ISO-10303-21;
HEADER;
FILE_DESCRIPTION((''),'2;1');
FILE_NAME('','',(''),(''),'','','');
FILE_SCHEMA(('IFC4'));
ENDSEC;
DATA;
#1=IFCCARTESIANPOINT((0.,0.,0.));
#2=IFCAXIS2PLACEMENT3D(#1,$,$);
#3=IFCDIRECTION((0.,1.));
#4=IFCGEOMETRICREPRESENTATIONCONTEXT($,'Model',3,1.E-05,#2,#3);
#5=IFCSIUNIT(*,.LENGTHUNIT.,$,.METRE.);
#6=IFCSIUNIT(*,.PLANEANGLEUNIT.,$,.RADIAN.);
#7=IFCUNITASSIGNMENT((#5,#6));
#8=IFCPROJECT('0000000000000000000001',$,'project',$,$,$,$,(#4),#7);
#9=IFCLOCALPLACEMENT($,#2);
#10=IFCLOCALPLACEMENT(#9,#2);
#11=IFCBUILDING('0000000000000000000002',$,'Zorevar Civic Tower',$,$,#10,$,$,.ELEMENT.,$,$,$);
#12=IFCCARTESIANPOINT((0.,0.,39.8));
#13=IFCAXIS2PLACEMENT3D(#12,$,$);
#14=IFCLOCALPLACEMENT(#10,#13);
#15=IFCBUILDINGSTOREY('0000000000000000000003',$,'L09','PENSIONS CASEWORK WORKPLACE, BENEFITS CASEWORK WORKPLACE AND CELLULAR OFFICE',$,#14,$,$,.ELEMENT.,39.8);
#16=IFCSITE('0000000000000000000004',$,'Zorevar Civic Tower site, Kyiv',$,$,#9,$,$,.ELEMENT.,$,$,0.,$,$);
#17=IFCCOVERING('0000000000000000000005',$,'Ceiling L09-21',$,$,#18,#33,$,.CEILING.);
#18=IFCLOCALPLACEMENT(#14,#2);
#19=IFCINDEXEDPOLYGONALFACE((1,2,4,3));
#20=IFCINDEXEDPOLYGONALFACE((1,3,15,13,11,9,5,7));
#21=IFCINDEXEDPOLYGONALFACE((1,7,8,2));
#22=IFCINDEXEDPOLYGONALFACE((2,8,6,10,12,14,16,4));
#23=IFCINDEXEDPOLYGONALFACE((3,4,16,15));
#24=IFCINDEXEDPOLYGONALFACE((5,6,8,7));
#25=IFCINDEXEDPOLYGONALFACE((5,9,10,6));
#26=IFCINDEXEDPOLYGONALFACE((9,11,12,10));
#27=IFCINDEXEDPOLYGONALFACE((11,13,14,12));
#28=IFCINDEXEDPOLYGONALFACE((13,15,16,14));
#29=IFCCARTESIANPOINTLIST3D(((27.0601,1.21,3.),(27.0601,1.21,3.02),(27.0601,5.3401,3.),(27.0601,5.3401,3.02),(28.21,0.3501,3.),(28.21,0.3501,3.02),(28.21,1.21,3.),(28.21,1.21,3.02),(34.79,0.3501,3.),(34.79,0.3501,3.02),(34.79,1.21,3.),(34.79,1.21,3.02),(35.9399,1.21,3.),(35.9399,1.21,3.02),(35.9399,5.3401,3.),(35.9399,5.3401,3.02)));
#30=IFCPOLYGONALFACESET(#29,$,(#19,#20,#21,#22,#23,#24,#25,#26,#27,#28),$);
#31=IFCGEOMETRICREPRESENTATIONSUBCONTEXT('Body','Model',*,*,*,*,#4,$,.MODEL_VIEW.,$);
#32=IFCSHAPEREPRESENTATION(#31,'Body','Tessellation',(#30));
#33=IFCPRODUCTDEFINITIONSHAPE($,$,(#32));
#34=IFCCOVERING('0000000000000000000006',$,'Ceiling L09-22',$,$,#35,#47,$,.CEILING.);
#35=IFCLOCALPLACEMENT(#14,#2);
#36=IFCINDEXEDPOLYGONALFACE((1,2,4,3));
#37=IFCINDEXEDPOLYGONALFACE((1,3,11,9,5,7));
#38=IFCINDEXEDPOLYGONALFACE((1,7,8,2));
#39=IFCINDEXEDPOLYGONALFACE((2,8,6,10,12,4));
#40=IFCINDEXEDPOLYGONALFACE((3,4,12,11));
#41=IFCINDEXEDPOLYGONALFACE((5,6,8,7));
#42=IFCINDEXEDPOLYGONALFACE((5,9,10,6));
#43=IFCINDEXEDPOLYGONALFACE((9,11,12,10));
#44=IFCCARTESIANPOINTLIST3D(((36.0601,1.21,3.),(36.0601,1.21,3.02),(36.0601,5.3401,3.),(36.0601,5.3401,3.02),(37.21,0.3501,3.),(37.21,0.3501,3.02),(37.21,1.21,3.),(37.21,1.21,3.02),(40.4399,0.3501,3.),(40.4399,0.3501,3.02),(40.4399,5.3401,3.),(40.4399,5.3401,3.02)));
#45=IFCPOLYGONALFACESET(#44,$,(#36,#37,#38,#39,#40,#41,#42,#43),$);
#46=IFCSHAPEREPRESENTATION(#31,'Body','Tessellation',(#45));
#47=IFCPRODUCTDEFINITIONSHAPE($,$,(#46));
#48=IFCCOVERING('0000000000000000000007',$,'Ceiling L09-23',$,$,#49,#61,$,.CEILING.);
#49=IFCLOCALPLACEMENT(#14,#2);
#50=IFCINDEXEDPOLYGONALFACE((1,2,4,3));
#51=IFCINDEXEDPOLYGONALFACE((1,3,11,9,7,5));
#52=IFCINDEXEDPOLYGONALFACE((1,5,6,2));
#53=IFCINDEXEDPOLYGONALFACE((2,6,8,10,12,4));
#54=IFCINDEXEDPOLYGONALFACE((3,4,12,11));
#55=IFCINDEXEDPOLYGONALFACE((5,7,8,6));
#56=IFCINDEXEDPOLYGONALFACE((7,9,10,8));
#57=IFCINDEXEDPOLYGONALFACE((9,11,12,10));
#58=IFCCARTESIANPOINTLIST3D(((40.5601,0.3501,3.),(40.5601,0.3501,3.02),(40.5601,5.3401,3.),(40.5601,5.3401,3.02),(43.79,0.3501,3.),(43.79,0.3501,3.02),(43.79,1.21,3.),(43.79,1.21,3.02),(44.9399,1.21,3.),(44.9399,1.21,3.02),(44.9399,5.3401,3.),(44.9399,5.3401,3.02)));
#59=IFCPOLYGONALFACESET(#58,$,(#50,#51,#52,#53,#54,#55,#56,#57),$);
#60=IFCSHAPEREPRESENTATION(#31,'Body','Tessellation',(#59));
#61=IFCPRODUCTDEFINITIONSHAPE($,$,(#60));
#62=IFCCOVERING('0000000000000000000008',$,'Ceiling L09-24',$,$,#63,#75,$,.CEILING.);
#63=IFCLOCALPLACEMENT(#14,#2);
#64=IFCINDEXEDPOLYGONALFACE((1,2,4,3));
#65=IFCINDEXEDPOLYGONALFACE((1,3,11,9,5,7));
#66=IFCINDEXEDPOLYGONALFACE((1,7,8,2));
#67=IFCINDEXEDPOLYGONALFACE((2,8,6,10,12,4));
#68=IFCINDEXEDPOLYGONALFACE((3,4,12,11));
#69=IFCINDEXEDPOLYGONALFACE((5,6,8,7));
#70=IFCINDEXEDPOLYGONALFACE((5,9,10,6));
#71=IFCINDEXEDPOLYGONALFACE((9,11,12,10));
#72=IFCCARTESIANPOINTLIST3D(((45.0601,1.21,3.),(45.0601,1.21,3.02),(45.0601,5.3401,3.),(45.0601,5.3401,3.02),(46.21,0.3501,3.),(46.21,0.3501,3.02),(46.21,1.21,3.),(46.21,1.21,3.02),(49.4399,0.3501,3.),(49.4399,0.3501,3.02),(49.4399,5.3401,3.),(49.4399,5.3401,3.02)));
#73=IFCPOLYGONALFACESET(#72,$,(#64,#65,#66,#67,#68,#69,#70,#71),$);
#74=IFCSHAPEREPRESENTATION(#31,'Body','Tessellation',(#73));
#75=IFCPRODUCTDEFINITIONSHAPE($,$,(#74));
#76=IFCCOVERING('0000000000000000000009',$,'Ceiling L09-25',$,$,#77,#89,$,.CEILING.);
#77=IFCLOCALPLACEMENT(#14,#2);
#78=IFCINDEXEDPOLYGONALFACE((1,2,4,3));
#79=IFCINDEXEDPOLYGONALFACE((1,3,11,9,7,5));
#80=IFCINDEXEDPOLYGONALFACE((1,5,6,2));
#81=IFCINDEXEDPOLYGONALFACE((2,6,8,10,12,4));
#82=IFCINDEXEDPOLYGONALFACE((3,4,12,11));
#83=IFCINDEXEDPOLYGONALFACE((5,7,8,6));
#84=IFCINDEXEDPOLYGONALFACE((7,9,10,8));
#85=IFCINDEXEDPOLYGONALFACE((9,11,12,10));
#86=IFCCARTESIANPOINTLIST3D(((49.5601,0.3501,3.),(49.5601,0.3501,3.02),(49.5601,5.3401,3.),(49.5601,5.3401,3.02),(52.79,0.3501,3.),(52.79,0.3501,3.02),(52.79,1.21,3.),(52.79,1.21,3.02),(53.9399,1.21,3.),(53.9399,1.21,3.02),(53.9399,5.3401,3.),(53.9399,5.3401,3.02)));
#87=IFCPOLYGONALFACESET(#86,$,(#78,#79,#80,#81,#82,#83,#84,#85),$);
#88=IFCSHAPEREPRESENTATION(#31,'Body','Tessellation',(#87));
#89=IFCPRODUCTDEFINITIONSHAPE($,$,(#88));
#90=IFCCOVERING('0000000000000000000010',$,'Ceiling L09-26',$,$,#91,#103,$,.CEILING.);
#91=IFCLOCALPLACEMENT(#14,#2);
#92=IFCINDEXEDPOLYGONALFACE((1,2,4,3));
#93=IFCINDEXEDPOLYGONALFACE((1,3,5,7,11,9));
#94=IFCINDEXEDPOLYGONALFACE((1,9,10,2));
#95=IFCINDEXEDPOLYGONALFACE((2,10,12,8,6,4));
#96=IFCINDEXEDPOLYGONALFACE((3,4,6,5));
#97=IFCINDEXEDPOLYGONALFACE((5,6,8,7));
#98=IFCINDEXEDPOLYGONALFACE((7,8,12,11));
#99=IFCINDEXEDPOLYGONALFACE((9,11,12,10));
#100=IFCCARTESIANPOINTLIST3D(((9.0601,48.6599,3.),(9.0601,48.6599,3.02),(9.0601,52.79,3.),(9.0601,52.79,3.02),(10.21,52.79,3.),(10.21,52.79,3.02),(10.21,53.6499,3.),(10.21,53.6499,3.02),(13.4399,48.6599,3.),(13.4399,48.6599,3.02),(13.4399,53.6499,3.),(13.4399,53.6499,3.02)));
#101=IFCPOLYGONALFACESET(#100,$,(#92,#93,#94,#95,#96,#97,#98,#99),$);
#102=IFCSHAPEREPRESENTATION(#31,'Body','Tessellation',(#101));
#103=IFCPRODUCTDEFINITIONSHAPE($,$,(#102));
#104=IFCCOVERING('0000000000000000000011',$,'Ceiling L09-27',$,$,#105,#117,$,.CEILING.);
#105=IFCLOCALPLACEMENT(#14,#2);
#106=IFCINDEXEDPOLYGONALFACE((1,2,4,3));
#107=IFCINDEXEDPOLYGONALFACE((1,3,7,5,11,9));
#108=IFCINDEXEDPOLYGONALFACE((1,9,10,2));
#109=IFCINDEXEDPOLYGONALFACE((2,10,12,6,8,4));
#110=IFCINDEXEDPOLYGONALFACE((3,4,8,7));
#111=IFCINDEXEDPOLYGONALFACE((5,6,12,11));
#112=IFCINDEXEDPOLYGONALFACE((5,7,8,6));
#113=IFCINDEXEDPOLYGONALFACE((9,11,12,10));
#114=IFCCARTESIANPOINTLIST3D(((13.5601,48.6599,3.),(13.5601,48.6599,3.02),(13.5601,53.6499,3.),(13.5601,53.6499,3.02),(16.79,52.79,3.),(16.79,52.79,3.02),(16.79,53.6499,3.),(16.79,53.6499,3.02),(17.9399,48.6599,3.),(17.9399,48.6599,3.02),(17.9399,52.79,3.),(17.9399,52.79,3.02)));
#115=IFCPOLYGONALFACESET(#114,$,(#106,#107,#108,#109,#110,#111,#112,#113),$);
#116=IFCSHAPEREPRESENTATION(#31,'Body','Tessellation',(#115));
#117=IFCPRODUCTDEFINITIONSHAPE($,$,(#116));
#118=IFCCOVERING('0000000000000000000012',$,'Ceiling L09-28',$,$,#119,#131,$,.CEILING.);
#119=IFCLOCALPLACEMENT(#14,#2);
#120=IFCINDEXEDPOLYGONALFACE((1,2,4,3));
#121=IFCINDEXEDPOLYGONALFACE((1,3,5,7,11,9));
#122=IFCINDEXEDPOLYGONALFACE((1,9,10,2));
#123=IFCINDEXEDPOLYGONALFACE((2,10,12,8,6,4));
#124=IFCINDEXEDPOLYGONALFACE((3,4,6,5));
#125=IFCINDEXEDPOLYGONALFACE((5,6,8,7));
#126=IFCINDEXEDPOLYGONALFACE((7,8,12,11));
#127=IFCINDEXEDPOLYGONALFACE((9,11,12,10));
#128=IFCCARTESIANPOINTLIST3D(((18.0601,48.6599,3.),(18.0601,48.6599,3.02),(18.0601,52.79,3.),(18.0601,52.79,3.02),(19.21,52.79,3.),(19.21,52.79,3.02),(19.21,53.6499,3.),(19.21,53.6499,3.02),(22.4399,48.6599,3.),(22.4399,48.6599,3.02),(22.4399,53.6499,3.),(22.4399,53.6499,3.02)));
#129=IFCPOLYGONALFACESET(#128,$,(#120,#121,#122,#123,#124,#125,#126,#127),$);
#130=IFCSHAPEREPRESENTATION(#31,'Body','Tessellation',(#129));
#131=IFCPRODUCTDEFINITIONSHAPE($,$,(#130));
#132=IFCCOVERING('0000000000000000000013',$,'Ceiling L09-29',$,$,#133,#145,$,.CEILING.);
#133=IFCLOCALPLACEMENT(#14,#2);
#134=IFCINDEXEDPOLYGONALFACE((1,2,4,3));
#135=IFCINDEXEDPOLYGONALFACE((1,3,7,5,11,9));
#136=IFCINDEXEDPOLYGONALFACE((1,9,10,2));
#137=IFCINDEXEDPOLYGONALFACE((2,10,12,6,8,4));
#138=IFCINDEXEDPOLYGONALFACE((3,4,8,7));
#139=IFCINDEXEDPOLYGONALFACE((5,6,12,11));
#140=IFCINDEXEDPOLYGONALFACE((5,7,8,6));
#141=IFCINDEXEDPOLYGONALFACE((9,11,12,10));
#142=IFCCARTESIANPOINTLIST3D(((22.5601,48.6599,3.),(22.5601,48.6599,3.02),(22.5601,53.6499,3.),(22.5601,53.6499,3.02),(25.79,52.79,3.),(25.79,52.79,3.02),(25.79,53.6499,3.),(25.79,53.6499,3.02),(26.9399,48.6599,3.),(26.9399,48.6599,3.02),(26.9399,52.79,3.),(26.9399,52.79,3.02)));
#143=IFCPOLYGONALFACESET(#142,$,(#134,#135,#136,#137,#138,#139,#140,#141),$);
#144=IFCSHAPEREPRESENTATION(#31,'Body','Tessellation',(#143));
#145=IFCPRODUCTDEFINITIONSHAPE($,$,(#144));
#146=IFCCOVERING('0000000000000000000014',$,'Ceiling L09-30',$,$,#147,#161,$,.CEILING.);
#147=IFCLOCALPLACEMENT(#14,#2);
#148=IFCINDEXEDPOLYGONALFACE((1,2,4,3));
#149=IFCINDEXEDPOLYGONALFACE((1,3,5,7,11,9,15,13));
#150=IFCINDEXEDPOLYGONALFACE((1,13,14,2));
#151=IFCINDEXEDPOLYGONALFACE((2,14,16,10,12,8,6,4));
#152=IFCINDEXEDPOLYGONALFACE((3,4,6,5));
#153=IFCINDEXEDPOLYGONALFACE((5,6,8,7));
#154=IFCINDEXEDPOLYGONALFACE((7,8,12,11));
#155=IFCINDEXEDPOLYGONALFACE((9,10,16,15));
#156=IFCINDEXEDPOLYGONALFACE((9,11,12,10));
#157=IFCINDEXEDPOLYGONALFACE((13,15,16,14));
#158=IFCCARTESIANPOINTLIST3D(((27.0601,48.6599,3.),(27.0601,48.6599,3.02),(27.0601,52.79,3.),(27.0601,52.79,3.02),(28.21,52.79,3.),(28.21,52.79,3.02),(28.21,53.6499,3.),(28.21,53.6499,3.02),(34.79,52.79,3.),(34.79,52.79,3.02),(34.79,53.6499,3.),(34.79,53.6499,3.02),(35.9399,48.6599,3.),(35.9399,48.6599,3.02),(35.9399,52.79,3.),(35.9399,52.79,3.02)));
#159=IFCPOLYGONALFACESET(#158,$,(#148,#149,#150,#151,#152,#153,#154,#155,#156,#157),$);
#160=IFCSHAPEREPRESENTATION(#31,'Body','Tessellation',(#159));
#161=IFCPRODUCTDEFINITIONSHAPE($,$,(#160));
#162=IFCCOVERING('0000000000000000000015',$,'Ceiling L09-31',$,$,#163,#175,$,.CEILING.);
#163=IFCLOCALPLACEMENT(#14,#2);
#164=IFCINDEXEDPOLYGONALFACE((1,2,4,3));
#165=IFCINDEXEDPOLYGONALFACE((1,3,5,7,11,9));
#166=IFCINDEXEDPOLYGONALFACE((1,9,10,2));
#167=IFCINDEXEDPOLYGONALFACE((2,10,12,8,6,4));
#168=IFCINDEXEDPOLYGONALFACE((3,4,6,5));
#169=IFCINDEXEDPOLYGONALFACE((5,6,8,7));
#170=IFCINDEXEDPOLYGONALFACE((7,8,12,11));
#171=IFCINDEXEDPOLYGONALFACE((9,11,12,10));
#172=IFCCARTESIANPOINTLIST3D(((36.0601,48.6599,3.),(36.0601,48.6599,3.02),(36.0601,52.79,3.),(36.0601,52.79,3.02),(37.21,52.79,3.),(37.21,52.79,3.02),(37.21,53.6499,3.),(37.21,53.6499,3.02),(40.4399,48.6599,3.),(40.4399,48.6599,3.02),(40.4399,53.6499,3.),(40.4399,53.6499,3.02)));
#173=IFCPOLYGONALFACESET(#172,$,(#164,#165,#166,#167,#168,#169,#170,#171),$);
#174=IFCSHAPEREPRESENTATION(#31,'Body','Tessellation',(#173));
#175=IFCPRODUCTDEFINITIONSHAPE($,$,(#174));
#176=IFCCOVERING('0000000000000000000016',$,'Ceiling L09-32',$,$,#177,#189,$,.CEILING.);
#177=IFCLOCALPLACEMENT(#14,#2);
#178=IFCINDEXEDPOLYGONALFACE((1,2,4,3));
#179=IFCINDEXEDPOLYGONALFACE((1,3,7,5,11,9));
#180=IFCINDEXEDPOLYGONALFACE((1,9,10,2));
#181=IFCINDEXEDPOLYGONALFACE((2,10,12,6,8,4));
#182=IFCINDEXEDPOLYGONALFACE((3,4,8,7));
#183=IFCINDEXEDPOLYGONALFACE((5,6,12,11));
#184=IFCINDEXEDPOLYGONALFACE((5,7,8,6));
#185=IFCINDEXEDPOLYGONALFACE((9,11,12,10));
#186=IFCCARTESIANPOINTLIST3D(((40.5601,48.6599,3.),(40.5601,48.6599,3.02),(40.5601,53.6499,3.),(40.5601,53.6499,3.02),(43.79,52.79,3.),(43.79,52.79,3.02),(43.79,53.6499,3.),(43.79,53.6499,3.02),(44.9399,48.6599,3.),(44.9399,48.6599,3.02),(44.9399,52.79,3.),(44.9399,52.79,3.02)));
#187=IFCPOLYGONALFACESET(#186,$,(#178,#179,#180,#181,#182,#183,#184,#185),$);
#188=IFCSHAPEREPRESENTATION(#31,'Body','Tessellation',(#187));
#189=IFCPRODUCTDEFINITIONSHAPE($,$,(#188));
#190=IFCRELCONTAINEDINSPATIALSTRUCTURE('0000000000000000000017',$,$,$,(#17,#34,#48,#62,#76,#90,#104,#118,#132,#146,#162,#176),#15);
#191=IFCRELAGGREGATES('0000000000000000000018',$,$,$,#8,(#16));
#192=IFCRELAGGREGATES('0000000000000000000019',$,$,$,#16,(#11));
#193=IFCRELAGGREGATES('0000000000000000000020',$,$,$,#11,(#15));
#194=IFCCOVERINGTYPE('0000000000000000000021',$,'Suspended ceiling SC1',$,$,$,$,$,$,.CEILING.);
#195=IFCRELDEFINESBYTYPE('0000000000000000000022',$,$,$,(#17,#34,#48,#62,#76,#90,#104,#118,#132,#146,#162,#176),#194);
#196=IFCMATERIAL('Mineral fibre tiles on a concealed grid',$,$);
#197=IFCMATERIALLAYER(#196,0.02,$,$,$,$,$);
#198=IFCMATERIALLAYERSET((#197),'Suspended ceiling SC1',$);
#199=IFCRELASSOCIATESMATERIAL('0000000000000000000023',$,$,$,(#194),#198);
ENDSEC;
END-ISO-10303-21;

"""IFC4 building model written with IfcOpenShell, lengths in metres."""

from ifc_helpers import new_model, si_unit, direction, frame, origin, place, context, subcontext, project, spatial, polyline, outline, extrude, material, layer, layer_set, type_object, element, save


model = new_model("IFC4")

# Units and contexts
model_context = context("Model", 3, precision=1e-05, world=origin(), true_north=direction((0.0, 1.0)))
body_context = subcontext(model_context, "Body", "Model", "MODEL_VIEW")
ifc_project = project(units=[si_unit("LENGTHUNIT", "METRE"), si_unit("PLANEANGLEUNIT", "RADIAN")], contexts=[model_context])

# Site, building, storey
site_placement = place(None, origin())
site = spatial("IfcSite", under=ifc_project, at=site_placement, Name="Zorevar Civic Tower site, Kyiv", CompositionType="ELEMENT", RefElevation=0.0)
building_placement = place(site_placement, origin())
building = spatial("IfcBuilding", under=site, at=building_placement, Name="Zorevar Civic Tower", CompositionType="ELEMENT")
storey_placement = place(building_placement, frame((0.0, 0.0, 39.8)))
storey = spatial("IfcBuildingStorey", under=building, at=storey_placement, Name="L09", Description="PENSIONS CASEWORK WORKPLACE, BENEFITS CASEWORK WORKPLACE AND CELLULAR OFFICE", CompositionType="ELEMENT", Elevation=39.8)

# Coverings
ifc_material_1 = material(Name="Mineral fibre tiles on a concealed grid")
ifc_layer_1 = layer(ifc_material_1, 0.02)
ifc_layer_set_1 = layer_set([ifc_layer_1], Name="Suspended ceiling SC1")
covering_type_1 = type_object("IfcCoveringType", Name="Suspended ceiling SC1", PredefinedType="CEILING", material=ifc_layer_set_1)
covering_1_placement = place(storey_placement, frame((0.0, 0.0, 3.0)))
element("IfcCovering", 1, at=covering_1_placement, inside=storey, type_object=covering_type_1, Name="Ceiling L09-21", PredefinedType="CEILING", context=body_context, shape_type="SweptSolid", body=[
    extrude(outline(polyline([(28.21, 0.3501), (28.21, 1.21), (27.0601, 1.21), (27.0601, 5.3401), (35.9399, 5.3401), (35.9399, 1.21), (34.79, 1.21), (34.79, 0.3501), (28.21, 0.3501)])), origin(), (0.0, 0.0, 1.0), 0.02),
])
covering_2_placement = place(storey_placement, frame((0.0, 0.0, 3.0)))
element("IfcCovering", 2, at=covering_2_placement, inside=storey, type_object=covering_type_1, Name="Ceiling L09-22", PredefinedType="CEILING", context=body_context, shape_type="SweptSolid", body=[
    extrude(outline(polyline([(40.4399, 5.3401), (40.4399, 0.3501), (37.21, 0.3501), (37.21, 1.21), (36.0601, 1.21), (36.0601, 5.3401), (40.4399, 5.3401)])), origin(), (0.0, 0.0, 1.0), 0.02),
])
covering_3_placement = place(storey_placement, frame((0.0, 0.0, 3.0)))
element("IfcCovering", 3, at=covering_3_placement, inside=storey, type_object=covering_type_1, Name="Ceiling L09-23", PredefinedType="CEILING", context=body_context, shape_type="SweptSolid", body=[
    extrude(outline(polyline([(44.9399, 5.3401), (44.9399, 1.21), (43.79, 1.21), (43.79, 0.3501), (40.5601, 0.3501), (40.5601, 5.3401), (44.9399, 5.3401)])), origin(), (0.0, 0.0, 1.0), 0.02),
])
covering_4_placement = place(storey_placement, frame((0.0, 0.0, 3.0)))
element("IfcCovering", 4, at=covering_4_placement, inside=storey, type_object=covering_type_1, Name="Ceiling L09-24", PredefinedType="CEILING", context=body_context, shape_type="SweptSolid", body=[
    extrude(outline(polyline([(49.4399, 5.3401), (49.4399, 0.3501), (46.21, 0.3501), (46.21, 1.21), (45.0601, 1.21), (45.0601, 5.3401), (49.4399, 5.3401)])), origin(), (0.0, 0.0, 1.0), 0.02),
])
covering_5_placement = place(storey_placement, frame((0.0, 0.0, 3.0)))
element("IfcCovering", 5, at=covering_5_placement, inside=storey, type_object=covering_type_1, Name="Ceiling L09-25", PredefinedType="CEILING", context=body_context, shape_type="SweptSolid", body=[
    extrude(outline(polyline([(53.9399, 5.3401), (53.9399, 1.21), (52.79, 1.21), (52.79, 0.3501), (49.5601, 0.3501), (49.5601, 5.3401), (53.9399, 5.3401)])), origin(), (0.0, 0.0, 1.0), 0.02),
])
covering_6_placement = place(storey_placement, frame((0.0, 0.0, 3.0)))
element("IfcCovering", 6, at=covering_6_placement, inside=storey, type_object=covering_type_1, Name="Ceiling L09-26", PredefinedType="CEILING", context=body_context, shape_type="SweptSolid", body=[
    extrude(outline(polyline([(9.0601, 48.6599), (9.0601, 52.79), (10.21, 52.79), (10.21, 53.6499), (13.4399, 53.6499), (13.4399, 48.6599), (9.0601, 48.6599)])), origin(), (0.0, 0.0, 1.0), 0.02),
])
covering_7_placement = place(storey_placement, frame((0.0, 0.0, 3.0)))
element("IfcCovering", 7, at=covering_7_placement, inside=storey, type_object=covering_type_1, Name="Ceiling L09-27", PredefinedType="CEILING", context=body_context, shape_type="SweptSolid", body=[
    extrude(outline(polyline([(13.5601, 48.6599), (13.5601, 53.6499), (16.79, 53.6499), (16.79, 52.79), (17.9399, 52.79), (17.9399, 48.6599), (13.5601, 48.6599)])), origin(), (0.0, 0.0, 1.0), 0.02),
])
covering_8_placement = place(storey_placement, frame((0.0, 0.0, 3.0)))
element("IfcCovering", 8, at=covering_8_placement, inside=storey, type_object=covering_type_1, Name="Ceiling L09-28", PredefinedType="CEILING", context=body_context, shape_type="SweptSolid", body=[
    extrude(outline(polyline([(18.0601, 48.6599), (18.0601, 52.79), (19.21, 52.79), (19.21, 53.6499), (22.4399, 53.6499), (22.4399, 48.6599), (18.0601, 48.6599)])), origin(), (0.0, 0.0, 1.0), 0.02),
])
covering_9_placement = place(storey_placement, frame((0.0, 0.0, 3.0)))
element("IfcCovering", 9, at=covering_9_placement, inside=storey, type_object=covering_type_1, Name="Ceiling L09-29", PredefinedType="CEILING", context=body_context, shape_type="SweptSolid", body=[
    extrude(outline(polyline([(22.5601, 48.6599), (22.5601, 53.6499), (25.79, 53.6499), (25.79, 52.79), (26.9399, 52.79), (26.9399, 48.6599), (22.5601, 48.6599)])), origin(), (0.0, 0.0, 1.0), 0.02),
])
covering_10_placement = place(storey_placement, frame((0.0, 0.0, 3.0)))
element("IfcCovering", 10, at=covering_10_placement, inside=storey, type_object=covering_type_1, Name="Ceiling L09-30", PredefinedType="CEILING", context=body_context, shape_type="SweptSolid", body=[
    extrude(outline(polyline([(28.21, 52.79), (28.21, 53.6499), (34.79, 53.6499), (34.79, 52.79), (35.9399, 52.79), (35.9399, 48.6599), (27.0601, 48.6599), (27.0601, 52.79), (28.21, 52.79)])), origin(), (0.0, 0.0, 1.0), 0.02),
])
covering_11_placement = place(storey_placement, frame((0.0, 0.0, 3.0)))
element("IfcCovering", 11, at=covering_11_placement, inside=storey, type_object=covering_type_1, Name="Ceiling L09-31", PredefinedType="CEILING", context=body_context, shape_type="SweptSolid", body=[
    extrude(outline(polyline([(36.0601, 48.6599), (36.0601, 52.79), (37.21, 52.79), (37.21, 53.6499), (40.4399, 53.6499), (40.4399, 48.6599), (36.0601, 48.6599)])), origin(), (0.0, 0.0, 1.0), 0.02),
])
covering_12_placement = place(storey_placement, frame((0.0, 0.0, 3.0)))
element("IfcCovering", 12, at=covering_12_placement, inside=storey, type_object=covering_type_1, Name="Ceiling L09-32", PredefinedType="CEILING", context=body_context, shape_type="SweptSolid", body=[
    extrude(outline(polyline([(40.5601, 48.6599), (40.5601, 53.6499), (43.79, 53.6499), (43.79, 52.79), (44.9399, 52.79), (44.9399, 48.6599), (40.5601, 48.6599)])), origin(), (0.0, 0.0, 1.0), 0.02),
])

save(model, "model.ifc")
